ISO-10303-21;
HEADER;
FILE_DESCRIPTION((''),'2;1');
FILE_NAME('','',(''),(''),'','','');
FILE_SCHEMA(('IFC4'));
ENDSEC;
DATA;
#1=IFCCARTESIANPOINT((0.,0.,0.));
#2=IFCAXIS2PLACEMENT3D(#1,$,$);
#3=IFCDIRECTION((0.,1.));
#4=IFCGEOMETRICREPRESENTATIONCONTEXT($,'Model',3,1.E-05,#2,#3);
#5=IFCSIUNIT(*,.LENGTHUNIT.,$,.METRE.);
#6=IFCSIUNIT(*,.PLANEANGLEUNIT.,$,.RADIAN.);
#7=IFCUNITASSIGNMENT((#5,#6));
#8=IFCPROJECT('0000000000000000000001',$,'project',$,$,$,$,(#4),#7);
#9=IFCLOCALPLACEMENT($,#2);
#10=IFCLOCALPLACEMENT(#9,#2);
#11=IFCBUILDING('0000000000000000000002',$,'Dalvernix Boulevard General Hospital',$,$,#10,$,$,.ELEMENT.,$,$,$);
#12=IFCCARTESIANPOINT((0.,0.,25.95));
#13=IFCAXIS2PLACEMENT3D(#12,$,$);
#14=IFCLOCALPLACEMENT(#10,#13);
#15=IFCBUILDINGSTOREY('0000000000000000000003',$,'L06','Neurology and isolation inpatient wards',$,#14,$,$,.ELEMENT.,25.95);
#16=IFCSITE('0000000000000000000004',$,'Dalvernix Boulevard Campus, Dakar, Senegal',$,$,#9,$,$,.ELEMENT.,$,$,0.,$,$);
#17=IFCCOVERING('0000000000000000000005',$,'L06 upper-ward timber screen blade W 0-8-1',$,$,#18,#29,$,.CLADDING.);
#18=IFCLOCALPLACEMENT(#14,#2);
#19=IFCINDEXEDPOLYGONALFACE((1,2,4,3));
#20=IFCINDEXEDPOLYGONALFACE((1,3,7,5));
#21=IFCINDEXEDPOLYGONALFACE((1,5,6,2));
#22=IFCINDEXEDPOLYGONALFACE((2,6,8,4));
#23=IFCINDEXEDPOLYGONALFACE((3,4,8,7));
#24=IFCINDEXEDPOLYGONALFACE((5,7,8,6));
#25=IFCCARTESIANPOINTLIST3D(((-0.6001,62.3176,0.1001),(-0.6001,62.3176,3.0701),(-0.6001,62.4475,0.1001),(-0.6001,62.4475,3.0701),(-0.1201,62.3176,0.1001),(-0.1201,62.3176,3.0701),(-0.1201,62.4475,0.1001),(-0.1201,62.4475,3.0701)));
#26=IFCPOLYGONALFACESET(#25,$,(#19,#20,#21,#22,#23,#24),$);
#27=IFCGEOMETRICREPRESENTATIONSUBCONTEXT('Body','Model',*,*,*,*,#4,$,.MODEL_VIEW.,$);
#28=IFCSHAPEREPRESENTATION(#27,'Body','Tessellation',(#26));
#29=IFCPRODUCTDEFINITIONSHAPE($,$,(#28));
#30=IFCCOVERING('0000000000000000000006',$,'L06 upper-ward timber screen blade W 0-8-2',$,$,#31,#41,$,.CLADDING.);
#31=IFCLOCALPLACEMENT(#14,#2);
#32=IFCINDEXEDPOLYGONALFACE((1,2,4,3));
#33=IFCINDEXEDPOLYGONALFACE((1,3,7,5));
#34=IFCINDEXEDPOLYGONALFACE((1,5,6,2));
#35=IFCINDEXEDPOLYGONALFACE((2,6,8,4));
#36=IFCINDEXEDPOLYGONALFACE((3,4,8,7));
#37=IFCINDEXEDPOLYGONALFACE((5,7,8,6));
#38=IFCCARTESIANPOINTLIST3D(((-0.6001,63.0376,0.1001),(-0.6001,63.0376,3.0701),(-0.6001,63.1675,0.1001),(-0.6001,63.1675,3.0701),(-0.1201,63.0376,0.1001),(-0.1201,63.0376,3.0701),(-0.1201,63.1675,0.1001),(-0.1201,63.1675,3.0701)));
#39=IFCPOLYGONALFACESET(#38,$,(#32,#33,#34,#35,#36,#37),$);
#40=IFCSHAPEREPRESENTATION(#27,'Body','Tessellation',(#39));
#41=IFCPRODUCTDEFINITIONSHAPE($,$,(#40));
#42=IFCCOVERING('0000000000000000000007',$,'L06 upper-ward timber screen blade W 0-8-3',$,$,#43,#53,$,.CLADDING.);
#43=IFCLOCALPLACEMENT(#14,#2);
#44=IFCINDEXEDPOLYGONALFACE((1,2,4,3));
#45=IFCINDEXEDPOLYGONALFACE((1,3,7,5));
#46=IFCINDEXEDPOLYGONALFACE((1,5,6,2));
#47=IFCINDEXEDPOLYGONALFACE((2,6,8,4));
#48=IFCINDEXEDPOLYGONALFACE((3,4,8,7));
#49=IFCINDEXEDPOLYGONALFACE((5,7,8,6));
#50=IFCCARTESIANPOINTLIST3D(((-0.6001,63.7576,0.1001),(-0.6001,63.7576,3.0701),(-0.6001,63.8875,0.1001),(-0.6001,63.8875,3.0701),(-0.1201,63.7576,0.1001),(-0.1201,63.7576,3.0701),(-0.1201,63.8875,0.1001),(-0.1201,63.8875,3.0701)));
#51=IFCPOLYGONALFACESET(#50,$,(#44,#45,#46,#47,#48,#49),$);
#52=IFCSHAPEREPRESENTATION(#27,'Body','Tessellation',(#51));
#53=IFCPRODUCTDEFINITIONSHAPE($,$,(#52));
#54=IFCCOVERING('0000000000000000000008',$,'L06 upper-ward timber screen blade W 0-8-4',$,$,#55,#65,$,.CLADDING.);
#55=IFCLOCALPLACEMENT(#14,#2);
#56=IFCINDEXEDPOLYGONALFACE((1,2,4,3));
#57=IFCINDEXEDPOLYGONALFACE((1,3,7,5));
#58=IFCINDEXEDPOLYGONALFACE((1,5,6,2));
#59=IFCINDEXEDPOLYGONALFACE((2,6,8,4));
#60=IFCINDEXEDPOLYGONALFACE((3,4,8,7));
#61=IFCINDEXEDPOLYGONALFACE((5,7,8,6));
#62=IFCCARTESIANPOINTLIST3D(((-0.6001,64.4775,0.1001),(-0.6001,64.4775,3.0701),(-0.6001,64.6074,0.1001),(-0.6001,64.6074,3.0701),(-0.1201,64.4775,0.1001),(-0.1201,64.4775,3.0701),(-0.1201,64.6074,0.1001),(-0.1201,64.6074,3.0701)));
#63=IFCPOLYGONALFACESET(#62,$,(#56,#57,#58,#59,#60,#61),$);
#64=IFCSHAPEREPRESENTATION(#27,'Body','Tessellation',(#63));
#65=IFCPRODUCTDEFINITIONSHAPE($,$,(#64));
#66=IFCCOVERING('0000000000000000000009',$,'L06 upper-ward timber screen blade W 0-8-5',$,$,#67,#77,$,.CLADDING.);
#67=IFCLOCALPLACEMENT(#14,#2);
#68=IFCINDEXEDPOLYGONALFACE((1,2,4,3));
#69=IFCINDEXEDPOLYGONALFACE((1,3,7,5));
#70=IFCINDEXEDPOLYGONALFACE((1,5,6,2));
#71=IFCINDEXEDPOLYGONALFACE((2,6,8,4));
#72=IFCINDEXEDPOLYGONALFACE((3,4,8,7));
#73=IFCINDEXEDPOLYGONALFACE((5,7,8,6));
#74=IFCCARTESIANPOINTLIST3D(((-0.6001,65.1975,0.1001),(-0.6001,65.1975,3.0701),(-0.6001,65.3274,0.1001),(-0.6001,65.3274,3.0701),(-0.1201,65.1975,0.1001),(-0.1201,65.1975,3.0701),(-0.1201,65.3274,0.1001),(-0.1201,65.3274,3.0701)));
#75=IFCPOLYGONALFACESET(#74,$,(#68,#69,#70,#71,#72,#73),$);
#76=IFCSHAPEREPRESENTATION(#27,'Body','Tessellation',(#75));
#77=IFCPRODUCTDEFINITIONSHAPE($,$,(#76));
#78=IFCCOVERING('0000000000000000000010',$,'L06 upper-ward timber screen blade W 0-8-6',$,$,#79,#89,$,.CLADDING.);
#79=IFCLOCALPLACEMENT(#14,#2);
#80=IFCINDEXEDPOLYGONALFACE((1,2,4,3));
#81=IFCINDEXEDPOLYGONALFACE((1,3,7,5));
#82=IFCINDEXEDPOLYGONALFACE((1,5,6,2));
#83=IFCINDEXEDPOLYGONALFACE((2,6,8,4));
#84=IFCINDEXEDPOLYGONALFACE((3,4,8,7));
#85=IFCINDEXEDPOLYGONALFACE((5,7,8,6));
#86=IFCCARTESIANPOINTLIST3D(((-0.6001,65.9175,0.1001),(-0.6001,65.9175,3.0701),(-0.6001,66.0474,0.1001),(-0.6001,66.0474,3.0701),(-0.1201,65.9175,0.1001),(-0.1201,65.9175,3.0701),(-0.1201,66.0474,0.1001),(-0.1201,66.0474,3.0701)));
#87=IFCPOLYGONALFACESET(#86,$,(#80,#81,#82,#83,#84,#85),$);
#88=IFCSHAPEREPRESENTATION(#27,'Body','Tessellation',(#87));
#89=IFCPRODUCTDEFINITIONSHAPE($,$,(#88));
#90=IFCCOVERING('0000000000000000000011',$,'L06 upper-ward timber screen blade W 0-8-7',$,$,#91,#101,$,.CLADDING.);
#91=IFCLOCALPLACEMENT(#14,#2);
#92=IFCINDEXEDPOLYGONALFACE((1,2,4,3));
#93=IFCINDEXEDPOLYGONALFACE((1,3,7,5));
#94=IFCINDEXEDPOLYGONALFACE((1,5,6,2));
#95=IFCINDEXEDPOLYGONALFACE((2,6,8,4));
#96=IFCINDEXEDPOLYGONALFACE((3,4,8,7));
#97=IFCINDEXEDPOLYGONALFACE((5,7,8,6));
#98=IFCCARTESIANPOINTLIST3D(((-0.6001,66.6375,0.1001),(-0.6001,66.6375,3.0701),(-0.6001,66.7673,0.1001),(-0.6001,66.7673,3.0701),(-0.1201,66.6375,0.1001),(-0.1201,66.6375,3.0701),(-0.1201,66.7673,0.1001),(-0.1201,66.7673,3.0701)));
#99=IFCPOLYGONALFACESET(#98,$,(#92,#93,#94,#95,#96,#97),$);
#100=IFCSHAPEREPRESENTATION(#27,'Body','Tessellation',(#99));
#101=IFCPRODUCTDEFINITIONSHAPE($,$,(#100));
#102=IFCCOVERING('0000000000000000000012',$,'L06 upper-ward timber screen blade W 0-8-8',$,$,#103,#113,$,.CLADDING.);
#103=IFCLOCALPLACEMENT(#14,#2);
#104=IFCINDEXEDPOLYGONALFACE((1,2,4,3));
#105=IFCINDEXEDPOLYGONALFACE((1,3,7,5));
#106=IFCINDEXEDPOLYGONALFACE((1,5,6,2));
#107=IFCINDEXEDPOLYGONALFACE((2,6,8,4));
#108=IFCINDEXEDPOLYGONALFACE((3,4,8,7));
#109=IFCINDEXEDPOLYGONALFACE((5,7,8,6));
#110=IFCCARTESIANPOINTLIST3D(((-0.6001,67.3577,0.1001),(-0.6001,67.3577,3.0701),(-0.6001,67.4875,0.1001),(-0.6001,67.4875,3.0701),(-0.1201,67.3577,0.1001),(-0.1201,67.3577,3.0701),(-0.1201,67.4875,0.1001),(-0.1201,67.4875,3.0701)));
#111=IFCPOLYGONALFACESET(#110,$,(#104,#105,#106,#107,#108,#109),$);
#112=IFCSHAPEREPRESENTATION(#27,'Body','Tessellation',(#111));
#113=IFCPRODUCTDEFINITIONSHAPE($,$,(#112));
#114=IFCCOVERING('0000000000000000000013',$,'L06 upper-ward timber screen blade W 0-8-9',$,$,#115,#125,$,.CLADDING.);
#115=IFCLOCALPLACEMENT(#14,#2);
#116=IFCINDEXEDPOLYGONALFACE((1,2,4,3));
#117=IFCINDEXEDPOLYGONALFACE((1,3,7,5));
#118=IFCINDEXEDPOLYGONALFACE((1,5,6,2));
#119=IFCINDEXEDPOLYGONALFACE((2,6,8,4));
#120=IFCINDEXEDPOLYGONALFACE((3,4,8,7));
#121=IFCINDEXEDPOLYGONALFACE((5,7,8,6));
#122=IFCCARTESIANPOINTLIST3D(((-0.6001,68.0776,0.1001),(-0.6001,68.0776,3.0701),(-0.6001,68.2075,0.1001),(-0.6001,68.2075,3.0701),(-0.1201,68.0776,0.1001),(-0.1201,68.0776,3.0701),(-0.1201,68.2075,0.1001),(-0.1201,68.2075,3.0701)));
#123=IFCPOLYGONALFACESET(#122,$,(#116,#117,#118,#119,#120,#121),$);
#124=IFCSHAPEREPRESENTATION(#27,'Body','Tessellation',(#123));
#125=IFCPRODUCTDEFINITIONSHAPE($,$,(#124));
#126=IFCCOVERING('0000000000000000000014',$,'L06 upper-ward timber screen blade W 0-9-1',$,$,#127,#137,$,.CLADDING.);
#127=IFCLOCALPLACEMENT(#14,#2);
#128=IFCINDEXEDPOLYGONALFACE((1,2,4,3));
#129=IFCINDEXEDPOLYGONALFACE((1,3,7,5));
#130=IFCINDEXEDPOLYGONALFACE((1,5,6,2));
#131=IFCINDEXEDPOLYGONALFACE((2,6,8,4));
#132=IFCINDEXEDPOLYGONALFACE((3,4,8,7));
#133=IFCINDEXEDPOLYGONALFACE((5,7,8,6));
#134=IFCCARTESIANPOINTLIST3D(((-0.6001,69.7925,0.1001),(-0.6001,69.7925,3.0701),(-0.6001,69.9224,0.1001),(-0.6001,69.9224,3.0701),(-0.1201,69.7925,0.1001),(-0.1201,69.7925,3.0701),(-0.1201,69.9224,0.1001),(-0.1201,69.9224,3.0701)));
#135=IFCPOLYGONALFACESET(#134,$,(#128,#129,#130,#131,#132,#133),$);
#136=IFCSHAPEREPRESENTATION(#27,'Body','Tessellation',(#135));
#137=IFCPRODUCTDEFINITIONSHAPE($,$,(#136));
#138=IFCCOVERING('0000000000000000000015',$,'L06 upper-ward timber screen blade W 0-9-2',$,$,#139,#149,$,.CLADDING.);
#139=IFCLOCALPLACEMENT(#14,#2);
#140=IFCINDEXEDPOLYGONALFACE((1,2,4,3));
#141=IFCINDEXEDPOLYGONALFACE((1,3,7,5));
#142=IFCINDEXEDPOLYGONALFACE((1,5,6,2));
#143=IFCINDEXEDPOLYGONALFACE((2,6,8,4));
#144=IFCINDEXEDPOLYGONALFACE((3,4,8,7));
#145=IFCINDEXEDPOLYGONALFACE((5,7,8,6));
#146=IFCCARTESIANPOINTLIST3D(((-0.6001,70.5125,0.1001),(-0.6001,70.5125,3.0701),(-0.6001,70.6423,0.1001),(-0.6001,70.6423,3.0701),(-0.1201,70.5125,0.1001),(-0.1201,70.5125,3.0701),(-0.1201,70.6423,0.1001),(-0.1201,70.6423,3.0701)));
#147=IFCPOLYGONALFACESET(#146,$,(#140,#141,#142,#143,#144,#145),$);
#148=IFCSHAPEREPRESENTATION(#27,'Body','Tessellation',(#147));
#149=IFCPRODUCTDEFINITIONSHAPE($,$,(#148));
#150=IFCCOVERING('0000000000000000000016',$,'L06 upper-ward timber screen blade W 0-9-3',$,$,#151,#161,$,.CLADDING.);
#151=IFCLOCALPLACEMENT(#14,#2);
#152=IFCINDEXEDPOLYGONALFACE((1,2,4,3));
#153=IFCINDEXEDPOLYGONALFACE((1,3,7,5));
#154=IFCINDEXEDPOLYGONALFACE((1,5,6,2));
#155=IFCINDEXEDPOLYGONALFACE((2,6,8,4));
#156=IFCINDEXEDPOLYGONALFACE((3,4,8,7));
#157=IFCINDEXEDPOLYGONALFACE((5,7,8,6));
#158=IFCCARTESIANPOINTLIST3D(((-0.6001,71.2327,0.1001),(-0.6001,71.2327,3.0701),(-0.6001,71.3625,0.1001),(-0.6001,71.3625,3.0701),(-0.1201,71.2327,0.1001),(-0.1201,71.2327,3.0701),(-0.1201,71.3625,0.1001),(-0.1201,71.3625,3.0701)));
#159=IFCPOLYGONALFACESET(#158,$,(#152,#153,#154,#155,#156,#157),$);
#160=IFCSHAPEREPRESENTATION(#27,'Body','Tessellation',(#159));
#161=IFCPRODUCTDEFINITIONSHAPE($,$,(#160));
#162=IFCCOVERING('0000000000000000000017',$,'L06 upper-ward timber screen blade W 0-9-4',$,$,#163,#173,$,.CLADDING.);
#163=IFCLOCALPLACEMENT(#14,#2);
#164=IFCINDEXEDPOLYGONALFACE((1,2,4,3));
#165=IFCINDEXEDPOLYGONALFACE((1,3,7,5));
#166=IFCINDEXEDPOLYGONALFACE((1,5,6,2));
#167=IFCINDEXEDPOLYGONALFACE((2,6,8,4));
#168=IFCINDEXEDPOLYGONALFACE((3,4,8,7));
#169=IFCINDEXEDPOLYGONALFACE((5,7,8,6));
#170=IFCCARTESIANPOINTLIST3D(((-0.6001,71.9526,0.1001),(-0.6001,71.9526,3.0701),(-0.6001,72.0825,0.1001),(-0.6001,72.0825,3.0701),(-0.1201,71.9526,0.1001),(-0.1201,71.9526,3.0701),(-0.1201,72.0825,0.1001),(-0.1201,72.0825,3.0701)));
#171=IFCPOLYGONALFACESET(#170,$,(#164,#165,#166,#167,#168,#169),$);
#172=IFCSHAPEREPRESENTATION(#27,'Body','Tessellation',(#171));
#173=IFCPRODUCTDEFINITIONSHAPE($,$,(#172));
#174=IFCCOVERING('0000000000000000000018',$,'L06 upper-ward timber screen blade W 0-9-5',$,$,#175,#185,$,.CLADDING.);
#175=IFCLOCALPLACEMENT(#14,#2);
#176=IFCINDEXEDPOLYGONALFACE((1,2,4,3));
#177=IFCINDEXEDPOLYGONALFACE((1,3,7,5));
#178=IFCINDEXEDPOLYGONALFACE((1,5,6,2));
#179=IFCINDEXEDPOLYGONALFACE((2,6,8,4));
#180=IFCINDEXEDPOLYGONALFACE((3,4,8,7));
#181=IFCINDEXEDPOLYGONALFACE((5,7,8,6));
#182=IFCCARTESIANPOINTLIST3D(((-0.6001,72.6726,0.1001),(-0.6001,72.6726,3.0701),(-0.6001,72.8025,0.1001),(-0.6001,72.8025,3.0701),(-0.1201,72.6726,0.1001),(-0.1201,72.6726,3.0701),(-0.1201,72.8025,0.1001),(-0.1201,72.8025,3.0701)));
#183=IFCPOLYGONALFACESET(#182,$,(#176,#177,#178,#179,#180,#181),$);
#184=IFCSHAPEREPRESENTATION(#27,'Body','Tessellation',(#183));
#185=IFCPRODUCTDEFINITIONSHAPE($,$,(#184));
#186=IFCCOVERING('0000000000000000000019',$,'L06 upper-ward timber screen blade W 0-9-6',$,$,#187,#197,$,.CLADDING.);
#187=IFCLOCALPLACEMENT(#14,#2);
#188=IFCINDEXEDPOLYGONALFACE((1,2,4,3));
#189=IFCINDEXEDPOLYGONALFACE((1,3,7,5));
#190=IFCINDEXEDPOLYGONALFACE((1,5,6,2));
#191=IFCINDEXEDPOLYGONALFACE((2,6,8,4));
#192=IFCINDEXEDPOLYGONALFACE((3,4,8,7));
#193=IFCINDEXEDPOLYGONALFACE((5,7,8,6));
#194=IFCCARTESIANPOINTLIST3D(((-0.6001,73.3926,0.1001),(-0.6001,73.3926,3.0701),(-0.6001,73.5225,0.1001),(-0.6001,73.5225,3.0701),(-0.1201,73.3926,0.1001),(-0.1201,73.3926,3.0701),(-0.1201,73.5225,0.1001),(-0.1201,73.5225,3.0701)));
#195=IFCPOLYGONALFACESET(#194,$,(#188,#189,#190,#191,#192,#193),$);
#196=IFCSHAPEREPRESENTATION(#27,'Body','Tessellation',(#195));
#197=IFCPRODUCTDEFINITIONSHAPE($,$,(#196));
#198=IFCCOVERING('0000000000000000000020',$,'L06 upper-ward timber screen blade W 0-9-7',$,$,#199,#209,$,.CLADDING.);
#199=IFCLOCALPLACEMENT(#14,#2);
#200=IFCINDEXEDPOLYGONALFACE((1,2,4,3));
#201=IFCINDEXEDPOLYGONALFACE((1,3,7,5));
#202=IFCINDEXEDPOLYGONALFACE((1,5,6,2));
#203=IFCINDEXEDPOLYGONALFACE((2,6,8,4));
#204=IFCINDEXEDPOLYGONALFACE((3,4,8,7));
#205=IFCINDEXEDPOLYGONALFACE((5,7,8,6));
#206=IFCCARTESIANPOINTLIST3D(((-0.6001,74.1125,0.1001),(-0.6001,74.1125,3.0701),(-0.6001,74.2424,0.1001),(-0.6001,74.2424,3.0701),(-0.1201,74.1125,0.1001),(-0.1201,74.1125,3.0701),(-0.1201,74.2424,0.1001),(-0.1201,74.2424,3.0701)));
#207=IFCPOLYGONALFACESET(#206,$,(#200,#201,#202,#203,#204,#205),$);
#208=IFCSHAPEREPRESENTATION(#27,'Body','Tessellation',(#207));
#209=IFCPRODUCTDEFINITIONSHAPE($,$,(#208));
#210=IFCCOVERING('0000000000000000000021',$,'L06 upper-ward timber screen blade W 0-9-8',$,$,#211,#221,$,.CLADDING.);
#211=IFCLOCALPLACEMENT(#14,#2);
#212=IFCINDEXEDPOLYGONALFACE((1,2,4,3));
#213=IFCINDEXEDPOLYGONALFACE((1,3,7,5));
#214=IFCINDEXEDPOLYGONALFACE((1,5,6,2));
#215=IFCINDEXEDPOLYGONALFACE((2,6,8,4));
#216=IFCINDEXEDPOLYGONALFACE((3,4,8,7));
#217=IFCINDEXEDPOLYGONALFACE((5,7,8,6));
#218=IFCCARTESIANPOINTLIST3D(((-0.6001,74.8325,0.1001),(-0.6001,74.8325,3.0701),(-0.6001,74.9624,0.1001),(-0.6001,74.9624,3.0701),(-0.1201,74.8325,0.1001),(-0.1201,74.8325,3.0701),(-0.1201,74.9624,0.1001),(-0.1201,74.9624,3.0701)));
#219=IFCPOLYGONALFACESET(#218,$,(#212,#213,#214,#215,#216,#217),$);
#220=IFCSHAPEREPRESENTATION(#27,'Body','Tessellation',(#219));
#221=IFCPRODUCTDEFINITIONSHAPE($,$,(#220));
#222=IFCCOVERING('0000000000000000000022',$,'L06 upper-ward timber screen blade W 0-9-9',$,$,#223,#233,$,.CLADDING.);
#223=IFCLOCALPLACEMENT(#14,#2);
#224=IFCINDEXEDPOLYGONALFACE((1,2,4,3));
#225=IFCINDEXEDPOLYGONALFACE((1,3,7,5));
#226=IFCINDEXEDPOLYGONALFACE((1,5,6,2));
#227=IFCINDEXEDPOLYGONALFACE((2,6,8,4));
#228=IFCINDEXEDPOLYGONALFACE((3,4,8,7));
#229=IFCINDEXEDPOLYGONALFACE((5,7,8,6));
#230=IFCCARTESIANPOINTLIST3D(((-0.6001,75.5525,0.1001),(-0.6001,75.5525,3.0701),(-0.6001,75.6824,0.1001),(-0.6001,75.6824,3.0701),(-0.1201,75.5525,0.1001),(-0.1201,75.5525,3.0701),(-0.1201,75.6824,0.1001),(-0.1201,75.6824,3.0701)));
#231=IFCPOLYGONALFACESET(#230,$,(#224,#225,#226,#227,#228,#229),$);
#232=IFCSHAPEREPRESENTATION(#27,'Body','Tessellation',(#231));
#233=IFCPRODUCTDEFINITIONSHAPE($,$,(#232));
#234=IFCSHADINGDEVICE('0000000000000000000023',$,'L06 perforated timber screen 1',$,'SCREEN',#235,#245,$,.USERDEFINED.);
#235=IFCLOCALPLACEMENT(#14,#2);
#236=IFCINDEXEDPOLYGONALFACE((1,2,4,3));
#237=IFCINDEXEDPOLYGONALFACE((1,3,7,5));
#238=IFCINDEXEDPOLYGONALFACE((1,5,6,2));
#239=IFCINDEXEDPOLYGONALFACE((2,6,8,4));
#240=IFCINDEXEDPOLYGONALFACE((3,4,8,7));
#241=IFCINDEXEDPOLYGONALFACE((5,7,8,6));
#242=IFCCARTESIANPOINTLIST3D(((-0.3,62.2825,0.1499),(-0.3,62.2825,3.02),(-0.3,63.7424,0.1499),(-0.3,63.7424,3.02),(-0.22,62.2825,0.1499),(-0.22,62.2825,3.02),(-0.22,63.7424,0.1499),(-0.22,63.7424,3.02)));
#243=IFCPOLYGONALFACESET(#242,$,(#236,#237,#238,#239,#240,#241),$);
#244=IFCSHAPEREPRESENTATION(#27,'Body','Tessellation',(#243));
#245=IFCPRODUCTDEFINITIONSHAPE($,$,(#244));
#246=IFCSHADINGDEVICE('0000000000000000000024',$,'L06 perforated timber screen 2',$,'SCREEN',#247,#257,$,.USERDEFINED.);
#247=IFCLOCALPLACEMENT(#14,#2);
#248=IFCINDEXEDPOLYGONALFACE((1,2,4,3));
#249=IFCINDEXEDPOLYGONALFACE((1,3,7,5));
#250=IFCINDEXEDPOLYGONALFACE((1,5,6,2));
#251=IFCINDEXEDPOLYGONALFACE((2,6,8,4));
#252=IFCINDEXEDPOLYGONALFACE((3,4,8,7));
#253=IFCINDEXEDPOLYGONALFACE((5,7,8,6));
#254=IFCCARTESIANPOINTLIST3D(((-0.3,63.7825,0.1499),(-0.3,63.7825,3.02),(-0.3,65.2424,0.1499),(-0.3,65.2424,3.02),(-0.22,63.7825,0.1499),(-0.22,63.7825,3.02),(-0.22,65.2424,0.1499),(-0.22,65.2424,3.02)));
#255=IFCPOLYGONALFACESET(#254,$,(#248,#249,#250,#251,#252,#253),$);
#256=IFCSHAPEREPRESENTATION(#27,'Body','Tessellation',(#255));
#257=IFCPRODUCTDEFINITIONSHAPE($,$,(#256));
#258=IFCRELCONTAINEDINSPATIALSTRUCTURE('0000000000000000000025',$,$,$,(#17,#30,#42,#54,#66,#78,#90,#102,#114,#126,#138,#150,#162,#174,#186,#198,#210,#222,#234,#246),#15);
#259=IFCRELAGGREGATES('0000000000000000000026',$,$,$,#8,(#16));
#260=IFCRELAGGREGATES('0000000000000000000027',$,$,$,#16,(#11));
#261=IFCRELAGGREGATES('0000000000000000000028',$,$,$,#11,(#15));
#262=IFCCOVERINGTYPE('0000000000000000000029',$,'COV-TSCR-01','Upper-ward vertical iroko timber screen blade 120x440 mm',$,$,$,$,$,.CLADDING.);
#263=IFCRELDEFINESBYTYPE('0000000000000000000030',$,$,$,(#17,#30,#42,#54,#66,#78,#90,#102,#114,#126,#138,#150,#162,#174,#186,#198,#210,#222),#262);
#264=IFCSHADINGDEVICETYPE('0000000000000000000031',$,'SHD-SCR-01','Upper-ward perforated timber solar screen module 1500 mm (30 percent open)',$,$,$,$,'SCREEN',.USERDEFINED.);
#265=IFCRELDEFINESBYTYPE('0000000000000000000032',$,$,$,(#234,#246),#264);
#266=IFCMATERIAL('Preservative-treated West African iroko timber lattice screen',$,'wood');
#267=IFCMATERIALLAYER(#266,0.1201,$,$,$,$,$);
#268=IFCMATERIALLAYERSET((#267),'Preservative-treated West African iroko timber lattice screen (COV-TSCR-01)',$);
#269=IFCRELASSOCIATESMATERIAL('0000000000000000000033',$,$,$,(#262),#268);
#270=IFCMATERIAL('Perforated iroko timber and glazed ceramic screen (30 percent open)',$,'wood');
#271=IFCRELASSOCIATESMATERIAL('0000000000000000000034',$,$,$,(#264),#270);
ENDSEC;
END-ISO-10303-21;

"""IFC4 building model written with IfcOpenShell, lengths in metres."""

from ifc_helpers import new_model, si_unit, direction, frame, origin, origin_2d, place, context, subcontext, project, spatial, rectangle, extrude, material, layer, layer_set, type_object, element, save


model = new_model("IFC4")

# Units and contexts
model_context = context("Model", 3, precision=1e-05, world=origin(), true_north=direction((0.0, 1.0)))
body_context = subcontext(model_context, "Body", "Model", "MODEL_VIEW")
ifc_project = project(units=[si_unit("LENGTHUNIT", "METRE"), si_unit("PLANEANGLEUNIT", "RADIAN")], contexts=[model_context])

# Site, building, storey
site_placement = place(None, origin())
site = spatial("IfcSite", under=ifc_project, at=site_placement, Name="Dalvernix Boulevard Campus, Dakar, Senegal", CompositionType="ELEMENT", RefElevation=0.0)
building_placement = place(site_placement, origin())
building = spatial("IfcBuilding", under=site, at=building_placement, Name="Dalvernix Boulevard General Hospital", CompositionType="ELEMENT")
storey_placement = place(building_placement, frame((0.0, 0.0, 25.95)))
storey = spatial("IfcBuildingStorey", under=building, at=storey_placement, Name="L06", Description="Neurology and isolation inpatient wards", CompositionType="ELEMENT", Elevation=25.95)

# Coverings
ifc_material_1 = material(Name="Preservative-treated West African iroko timber lattice screen", Category="wood")
ifc_layer = layer(ifc_material_1, 0.1201)
ifc_layer_set = layer_set([ifc_layer], Name="Preservative-treated West African iroko timber lattice screen (COV-TSCR-01)")
covering_type = type_object("IfcCoveringType", Name="COV-TSCR-01", Description="Upper-ward vertical iroko timber screen blade 120x440 mm", PredefinedType="CLADDING", material=ifc_layer_set)
for number, where, z_axis, x_axis, name in (
    (1, (-0.3601, 62.3826, 0.1001), (0.0, 0.0, 1.0), (0.0, 1.0, 0.0), "L06 upper-ward timber screen blade W 0-8-1"),
    (2, (-0.3601, 63.1025, 0.1001), (0.0, 0.0, 1.0), (0.0, 1.0, 0.0), "L06 upper-ward timber screen blade W 0-8-2"),
    (3, (-0.3601, 63.8225, 0.1001), (0.0, 0.0, 1.0), (0.0, 1.0, 0.0), "L06 upper-ward timber screen blade W 0-8-3"),
    (4, (-0.3601, 64.5425, 0.1001), (0.0, 0.0, 1.0), (0.0, 1.0, 0.0), "L06 upper-ward timber screen blade W 0-8-4"),
    (5, (-0.3601, 65.2625, 0.1001), (0.0, 0.0, 1.0), (0.0, 1.0, 0.0), "L06 upper-ward timber screen blade W 0-8-5"),
    (6, (-0.3601, 65.9824, 0.1001), (0.0, 0.0, 1.0), (0.0, 1.0, 0.0), "L06 upper-ward timber screen blade W 0-8-6"),
    (7, (-0.3601, 66.7024, 0.1001), (0.0, 0.0, 1.0), (0.0, 1.0, 0.0), "L06 upper-ward timber screen blade W 0-8-7"),
    (8, (-0.3601, 67.4226, 0.1001), (0.0, 0.0, 1.0), (0.0, 1.0, 0.0), "L06 upper-ward timber screen blade W 0-8-8"),
    (9, (-0.3601, 68.1426, 0.1001), (0.0, 0.0, 1.0), (0.0, 1.0, 0.0), "L06 upper-ward timber screen blade W 0-8-9"),
    (10, (-0.3601, 69.8574, 0.1001), (0.0, 0.0, 1.0), (0.0, 1.0, 0.0), "L06 upper-ward timber screen blade W 0-9-1"),
    (11, (-0.3601, 70.5774, 0.1001), (0.0, 0.0, 1.0), (0.0, 1.0, 0.0), "L06 upper-ward timber screen blade W 0-9-2"),
    (12, (-0.3601, 71.2976, 0.1001), (0.0, 0.0, 1.0), (0.0, 1.0, 0.0), "L06 upper-ward timber screen blade W 0-9-3"),
    (13, (-0.3601, 72.0176, 0.1001), (0.0, 0.0, 1.0), (0.0, 1.0, 0.0), "L06 upper-ward timber screen blade W 0-9-4"),
    (14, (-0.3601, 72.7375, 0.1001), (0.0, 0.0, 1.0), (0.0, 1.0, 0.0), "L06 upper-ward timber screen blade W 0-9-5"),
    (15, (-0.3601, 73.4575, 0.1001), (0.0, 0.0, 1.0), (0.0, 1.0, 0.0), "L06 upper-ward timber screen blade W 0-9-6"),
    (16, (-0.3601, 74.1775, 0.1001), (0.0, 0.0, 1.0), (0.0, 1.0, 0.0), "L06 upper-ward timber screen blade W 0-9-7"),
    (17, (-0.3601, 74.8975, 0.1001), (0.0, 0.0, 1.0), (0.0, 1.0, 0.0), "L06 upper-ward timber screen blade W 0-9-8"),
    (18, (-0.3601, 75.6174, 0.1001), (0.0, 0.0, 1.0), (0.0, 1.0, 0.0), "L06 upper-ward timber screen blade W 0-9-9"),
):
    element("IfcCovering", number, at=place(storey_placement, frame(where, z_axis=z_axis, x_axis=x_axis)), inside=storey, type_object=covering_type, Name=name, PredefinedType="CLADDING", context=body_context, shape_type="SweptSolid", body=[
        extrude(rectangle(XDim=0.1299, YDim=0.48, at=origin_2d()), origin(), (0.0, 0.0, 1.0), 2.97),
    ])

# Shading devices
ifc_material_2 = material(Name="Perforated iroko timber and glazed ceramic screen (30 percent open)", Category="wood")
shading_device_type = type_object("IfcShadingDeviceType", Name="SHD-SCR-01", Description="Upper-ward perforated timber solar screen module 1500 mm (30 percent open)", ElementType="SCREEN", PredefinedType="USERDEFINED", material=ifc_material_2)
for number, where, z_axis, x_axis, name in (
    (19, (-0.26, 63.0125, 0.1499), (0.0, 0.0, 1.0), (0.0, 1.0, 0.0), "L06 perforated timber screen 1"),
    (20, (-0.26, 64.5125, 0.1499), (0.0, 0.0, 1.0), (0.0, 1.0, 0.0), "L06 perforated timber screen 2"),
):
    element("IfcShadingDevice", number, at=place(storey_placement, frame(where, z_axis=z_axis, x_axis=x_axis)), inside=storey, type_object=shading_device_type, Name=name, ObjectType="SCREEN", PredefinedType="USERDEFINED", context=body_context, shape_type="SweptSolid", body=[
        extrude(rectangle(XDim=1.46, YDim=0.0801, at=origin_2d()), origin(), (0.0, 0.0, 1.0), 2.8701),
    ])

save(model, "model.ifc")
